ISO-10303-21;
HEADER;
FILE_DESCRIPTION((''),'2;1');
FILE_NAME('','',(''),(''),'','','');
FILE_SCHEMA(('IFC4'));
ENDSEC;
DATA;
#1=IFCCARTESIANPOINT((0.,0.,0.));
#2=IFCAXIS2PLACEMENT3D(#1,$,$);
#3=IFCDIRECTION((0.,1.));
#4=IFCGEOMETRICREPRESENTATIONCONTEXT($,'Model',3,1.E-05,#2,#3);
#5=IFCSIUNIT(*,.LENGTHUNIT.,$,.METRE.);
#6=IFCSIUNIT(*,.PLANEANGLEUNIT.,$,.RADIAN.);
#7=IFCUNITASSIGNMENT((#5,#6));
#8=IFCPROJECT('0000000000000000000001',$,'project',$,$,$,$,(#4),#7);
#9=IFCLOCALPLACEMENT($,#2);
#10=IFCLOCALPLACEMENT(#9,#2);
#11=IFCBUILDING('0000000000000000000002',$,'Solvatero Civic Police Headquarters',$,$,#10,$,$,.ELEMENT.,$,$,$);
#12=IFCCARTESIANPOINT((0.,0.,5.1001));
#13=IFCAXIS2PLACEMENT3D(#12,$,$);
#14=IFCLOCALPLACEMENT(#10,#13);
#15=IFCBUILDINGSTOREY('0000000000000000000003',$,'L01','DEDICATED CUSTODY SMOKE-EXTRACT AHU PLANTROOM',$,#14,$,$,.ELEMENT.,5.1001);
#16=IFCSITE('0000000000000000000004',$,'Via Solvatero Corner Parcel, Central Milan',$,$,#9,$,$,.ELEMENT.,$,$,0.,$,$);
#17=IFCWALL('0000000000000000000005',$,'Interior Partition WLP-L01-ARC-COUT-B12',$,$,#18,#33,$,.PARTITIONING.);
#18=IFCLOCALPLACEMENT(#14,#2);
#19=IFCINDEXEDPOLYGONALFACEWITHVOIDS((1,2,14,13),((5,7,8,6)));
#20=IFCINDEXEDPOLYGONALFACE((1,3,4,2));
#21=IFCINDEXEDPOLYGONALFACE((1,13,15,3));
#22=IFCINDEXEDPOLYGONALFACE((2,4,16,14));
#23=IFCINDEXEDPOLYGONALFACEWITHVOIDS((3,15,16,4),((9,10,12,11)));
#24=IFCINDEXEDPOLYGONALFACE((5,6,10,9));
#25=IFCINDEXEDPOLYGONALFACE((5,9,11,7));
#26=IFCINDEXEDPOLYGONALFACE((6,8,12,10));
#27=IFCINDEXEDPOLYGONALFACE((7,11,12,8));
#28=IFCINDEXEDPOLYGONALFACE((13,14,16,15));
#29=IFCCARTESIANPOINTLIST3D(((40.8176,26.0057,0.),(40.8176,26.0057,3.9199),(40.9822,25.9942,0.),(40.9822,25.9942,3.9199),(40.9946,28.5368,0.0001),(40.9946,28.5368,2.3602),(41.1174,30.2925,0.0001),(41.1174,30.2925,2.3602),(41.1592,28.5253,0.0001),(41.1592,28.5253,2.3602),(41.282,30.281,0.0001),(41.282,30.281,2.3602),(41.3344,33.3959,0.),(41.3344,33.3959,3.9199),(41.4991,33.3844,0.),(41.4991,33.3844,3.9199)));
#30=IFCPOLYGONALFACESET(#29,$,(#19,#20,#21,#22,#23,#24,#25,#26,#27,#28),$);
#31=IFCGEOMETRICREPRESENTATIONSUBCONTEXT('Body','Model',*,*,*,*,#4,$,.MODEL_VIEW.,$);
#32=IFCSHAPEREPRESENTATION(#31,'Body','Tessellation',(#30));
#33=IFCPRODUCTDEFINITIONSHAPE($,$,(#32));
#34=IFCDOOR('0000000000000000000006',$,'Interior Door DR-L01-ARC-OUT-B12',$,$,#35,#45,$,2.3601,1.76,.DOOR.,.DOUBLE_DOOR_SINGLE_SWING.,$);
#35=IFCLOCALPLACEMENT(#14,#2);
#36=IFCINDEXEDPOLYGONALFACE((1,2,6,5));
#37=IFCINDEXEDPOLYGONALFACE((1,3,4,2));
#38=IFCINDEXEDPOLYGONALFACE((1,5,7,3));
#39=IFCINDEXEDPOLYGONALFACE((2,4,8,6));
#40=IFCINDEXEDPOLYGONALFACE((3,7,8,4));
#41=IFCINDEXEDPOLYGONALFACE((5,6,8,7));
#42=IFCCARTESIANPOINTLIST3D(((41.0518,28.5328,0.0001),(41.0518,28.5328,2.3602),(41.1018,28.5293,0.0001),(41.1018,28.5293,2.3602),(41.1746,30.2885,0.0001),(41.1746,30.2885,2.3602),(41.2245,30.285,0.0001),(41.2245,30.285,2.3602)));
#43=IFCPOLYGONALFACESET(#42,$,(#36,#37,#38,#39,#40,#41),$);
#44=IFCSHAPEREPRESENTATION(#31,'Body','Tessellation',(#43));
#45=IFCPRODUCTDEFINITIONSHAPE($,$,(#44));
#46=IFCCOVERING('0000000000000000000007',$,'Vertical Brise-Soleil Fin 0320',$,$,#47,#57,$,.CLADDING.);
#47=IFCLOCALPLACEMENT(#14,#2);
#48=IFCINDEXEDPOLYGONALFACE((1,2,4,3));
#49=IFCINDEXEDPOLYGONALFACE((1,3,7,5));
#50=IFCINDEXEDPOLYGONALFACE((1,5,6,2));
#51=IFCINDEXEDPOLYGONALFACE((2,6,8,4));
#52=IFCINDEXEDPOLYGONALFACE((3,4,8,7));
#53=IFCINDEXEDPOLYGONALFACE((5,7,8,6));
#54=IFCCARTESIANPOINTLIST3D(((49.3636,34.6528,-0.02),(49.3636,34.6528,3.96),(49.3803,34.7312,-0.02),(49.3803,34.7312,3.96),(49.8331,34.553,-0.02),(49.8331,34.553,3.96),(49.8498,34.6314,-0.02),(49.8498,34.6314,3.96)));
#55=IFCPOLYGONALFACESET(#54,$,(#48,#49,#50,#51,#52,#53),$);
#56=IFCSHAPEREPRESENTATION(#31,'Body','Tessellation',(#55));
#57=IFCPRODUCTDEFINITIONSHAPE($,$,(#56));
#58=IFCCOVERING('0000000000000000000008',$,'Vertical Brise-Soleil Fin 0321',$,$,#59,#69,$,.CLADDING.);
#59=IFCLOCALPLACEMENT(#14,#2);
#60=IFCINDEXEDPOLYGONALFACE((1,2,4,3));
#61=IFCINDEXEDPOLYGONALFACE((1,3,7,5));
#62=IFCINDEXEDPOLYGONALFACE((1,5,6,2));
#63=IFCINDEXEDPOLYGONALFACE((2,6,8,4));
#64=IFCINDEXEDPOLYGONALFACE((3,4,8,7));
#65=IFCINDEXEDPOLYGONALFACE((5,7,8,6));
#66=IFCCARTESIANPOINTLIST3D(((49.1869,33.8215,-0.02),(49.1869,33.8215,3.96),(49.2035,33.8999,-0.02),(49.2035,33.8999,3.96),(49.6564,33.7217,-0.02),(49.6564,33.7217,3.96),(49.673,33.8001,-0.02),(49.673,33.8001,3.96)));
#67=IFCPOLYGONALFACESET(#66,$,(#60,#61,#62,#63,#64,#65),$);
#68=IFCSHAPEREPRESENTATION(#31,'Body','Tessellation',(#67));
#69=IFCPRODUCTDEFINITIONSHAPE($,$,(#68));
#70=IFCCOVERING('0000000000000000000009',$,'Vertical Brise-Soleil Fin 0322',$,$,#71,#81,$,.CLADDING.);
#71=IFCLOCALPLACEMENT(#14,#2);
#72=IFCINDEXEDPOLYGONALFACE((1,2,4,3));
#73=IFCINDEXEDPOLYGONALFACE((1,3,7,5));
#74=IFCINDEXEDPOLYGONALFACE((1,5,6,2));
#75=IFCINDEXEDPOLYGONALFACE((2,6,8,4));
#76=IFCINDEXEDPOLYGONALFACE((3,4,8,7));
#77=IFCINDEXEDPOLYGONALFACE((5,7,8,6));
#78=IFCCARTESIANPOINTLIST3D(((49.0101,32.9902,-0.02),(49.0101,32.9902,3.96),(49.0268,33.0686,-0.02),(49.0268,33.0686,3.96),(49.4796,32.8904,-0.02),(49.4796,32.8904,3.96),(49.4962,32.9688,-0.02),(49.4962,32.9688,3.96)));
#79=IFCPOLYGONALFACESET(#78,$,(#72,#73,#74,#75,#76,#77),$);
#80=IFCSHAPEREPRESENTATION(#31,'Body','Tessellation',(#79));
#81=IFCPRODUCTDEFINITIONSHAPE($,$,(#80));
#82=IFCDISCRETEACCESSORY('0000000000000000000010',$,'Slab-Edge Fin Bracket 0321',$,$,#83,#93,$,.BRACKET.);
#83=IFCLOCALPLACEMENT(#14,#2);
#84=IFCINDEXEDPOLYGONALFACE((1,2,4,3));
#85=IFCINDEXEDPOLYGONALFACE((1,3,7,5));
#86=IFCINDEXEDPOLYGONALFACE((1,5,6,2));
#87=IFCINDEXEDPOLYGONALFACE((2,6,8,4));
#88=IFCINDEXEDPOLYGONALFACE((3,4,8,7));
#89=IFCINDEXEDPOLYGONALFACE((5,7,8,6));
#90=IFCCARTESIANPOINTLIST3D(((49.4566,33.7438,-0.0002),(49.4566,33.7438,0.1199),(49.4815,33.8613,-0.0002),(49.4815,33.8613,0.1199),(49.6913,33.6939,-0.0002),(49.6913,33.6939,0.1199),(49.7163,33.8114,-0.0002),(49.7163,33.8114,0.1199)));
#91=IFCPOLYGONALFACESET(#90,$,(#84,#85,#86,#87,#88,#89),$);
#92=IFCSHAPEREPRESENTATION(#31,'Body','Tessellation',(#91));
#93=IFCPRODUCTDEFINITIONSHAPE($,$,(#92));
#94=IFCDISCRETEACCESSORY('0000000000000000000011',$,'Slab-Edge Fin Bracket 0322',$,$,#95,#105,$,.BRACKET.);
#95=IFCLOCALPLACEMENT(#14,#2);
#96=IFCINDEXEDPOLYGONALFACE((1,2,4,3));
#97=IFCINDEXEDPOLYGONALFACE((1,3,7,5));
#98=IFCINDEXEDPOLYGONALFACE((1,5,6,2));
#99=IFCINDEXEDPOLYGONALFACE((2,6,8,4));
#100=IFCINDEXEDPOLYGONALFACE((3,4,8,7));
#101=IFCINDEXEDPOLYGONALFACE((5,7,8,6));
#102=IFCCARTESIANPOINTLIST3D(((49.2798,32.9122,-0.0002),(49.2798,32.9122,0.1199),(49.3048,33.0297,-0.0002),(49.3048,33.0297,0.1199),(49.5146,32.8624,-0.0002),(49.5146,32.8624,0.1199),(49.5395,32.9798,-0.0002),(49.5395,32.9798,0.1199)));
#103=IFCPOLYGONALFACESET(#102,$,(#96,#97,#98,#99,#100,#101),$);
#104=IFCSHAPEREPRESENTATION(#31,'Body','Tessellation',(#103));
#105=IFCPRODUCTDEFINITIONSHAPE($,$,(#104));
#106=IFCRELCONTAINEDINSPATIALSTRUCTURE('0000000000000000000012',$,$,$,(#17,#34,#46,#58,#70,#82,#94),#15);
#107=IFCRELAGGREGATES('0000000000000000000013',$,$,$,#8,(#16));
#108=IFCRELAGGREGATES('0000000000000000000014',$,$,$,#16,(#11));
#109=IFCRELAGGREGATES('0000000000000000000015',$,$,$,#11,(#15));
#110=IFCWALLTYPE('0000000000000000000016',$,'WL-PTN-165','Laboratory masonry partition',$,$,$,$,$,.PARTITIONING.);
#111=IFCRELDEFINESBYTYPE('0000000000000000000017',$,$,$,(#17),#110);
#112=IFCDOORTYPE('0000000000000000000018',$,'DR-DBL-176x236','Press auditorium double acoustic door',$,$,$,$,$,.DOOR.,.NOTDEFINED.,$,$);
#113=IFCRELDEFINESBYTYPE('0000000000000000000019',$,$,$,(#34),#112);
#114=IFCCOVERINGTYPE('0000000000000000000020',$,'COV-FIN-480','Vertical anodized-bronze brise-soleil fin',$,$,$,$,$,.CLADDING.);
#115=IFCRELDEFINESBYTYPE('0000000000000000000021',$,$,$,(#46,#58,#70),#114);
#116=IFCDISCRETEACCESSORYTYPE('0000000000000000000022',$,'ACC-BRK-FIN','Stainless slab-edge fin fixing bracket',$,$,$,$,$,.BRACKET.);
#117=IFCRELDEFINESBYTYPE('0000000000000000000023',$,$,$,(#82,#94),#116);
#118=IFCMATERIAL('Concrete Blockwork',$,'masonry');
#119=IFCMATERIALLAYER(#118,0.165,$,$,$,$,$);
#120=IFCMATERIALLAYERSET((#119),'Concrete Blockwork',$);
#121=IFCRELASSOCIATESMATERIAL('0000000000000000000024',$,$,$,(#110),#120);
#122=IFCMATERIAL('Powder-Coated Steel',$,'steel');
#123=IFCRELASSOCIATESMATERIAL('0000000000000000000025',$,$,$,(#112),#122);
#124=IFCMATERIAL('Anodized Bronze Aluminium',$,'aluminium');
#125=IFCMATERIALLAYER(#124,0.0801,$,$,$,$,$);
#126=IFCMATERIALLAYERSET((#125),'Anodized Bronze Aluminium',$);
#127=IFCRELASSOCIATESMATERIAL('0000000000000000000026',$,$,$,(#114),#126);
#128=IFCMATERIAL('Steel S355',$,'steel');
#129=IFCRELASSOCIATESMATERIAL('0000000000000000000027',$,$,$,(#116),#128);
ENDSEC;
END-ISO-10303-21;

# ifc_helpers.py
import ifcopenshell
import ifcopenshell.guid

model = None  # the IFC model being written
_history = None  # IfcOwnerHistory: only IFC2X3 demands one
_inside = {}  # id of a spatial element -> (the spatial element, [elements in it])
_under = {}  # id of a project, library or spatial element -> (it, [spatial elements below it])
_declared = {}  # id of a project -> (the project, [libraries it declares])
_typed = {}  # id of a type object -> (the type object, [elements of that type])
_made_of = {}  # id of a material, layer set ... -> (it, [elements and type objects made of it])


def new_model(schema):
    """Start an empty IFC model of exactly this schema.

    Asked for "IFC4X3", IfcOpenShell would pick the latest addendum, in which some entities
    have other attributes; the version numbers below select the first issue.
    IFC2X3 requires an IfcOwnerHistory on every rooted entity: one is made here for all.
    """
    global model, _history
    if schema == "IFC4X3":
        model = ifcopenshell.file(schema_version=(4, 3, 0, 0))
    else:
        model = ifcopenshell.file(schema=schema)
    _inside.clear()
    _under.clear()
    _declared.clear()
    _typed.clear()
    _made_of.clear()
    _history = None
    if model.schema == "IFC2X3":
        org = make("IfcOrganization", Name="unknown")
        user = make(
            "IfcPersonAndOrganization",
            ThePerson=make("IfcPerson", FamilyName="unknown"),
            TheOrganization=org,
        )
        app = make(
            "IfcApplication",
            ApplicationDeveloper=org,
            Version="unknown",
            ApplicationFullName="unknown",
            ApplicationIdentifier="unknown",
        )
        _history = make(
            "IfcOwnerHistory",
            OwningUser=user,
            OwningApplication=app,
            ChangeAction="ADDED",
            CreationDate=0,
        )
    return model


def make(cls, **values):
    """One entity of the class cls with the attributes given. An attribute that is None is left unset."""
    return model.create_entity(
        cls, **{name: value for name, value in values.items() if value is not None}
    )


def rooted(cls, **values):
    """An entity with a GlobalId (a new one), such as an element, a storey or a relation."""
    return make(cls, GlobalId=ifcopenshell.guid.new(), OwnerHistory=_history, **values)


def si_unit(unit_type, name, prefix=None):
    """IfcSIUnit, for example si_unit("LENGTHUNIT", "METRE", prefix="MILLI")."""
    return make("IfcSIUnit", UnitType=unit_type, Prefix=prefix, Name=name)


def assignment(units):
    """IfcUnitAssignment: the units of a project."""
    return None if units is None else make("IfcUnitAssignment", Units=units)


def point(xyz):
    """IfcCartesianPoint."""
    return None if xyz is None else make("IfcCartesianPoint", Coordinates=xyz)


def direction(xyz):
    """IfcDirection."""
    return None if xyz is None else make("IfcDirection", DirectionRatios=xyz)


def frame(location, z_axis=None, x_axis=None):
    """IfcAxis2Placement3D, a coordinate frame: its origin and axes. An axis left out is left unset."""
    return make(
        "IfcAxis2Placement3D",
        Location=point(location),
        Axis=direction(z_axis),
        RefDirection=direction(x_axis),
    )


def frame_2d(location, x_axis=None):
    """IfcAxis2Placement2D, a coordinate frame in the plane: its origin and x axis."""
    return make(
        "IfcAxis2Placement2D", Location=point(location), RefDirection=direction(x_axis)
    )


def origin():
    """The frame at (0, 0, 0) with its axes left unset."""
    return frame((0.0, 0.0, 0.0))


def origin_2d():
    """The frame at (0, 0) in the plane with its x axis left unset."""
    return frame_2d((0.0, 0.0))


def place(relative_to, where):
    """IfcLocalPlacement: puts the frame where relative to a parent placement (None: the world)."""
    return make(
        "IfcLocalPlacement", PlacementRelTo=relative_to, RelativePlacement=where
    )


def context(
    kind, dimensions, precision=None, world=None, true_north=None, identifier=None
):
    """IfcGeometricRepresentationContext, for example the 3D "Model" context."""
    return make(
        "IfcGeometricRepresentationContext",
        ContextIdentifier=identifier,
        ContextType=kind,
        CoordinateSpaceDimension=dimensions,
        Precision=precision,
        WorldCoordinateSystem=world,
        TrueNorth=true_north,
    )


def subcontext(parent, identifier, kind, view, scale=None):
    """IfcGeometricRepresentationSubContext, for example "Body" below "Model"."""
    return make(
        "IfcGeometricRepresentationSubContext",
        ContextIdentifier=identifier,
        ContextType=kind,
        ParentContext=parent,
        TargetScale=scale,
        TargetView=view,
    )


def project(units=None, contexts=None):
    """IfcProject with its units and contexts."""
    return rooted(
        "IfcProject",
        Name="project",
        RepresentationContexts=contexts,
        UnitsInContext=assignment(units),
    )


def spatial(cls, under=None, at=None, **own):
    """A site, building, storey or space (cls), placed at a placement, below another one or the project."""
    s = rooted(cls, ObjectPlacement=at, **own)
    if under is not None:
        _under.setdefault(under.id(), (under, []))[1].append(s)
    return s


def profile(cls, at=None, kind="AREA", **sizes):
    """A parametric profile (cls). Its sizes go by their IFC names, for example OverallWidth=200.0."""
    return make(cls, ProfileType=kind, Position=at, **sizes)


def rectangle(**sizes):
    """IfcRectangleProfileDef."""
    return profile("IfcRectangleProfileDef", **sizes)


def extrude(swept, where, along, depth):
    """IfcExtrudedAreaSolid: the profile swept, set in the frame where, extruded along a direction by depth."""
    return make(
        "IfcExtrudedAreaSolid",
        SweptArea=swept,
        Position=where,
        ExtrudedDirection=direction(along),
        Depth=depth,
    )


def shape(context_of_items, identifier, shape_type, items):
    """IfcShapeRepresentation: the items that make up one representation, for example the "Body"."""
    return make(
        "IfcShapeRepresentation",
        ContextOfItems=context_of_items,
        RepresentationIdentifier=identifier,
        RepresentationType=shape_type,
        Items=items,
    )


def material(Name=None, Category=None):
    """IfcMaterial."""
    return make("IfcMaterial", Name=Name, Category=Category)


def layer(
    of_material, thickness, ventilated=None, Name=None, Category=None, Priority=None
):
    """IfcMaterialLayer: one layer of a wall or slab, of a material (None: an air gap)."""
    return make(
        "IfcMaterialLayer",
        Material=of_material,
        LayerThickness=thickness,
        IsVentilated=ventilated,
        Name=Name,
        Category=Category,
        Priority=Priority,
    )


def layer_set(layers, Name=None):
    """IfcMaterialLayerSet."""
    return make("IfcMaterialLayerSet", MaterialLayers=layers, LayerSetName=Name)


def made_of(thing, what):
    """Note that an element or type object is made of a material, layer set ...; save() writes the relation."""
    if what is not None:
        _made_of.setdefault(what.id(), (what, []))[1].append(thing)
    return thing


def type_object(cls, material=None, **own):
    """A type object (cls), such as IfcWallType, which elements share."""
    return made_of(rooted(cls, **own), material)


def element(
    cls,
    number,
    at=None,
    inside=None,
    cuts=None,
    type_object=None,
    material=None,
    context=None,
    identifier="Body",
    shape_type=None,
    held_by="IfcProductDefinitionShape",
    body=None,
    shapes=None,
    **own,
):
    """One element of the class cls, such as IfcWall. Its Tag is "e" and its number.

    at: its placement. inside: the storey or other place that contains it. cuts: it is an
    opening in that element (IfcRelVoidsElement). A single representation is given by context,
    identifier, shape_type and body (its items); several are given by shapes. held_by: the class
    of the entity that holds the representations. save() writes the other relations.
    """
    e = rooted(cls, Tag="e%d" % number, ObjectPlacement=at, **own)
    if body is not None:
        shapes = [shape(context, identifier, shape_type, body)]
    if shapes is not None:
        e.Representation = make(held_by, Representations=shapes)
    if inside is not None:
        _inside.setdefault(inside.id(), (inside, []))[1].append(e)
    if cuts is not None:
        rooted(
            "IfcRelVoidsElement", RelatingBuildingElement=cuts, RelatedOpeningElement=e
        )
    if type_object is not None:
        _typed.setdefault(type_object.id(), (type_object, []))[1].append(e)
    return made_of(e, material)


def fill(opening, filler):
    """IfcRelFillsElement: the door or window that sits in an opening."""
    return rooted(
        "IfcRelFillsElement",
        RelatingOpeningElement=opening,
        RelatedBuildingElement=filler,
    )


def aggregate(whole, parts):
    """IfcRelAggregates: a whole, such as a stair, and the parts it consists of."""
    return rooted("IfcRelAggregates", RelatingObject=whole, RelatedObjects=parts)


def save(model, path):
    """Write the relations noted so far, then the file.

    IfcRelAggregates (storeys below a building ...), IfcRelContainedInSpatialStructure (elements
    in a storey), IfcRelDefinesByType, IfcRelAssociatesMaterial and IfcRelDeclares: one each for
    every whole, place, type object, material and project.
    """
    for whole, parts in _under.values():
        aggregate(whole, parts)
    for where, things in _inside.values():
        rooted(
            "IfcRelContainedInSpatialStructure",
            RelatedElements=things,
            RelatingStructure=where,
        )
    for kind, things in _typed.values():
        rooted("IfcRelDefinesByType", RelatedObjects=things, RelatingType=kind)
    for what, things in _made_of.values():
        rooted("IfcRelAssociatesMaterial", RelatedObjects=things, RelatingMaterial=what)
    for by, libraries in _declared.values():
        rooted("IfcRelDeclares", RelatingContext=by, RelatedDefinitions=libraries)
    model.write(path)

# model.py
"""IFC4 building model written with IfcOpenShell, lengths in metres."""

from ifc_helpers import new_model, si_unit, direction, frame, frame_2d, origin, origin_2d, place, context, subcontext, project, spatial, rectangle, extrude, material, layer, layer_set, type_object, element, fill, save


model = new_model("IFC4")

# Units and contexts
model_context = context("Model", 3, precision=1e-05, world=origin(), true_north=direction((0.0, 1.0)))
body_context = subcontext(model_context, "Body", "Model", "MODEL_VIEW")
ifc_project = project(units=[si_unit("LENGTHUNIT", "METRE"), si_unit("PLANEANGLEUNIT", "RADIAN")], contexts=[model_context])

# Site, building, storey
site_placement = place(None, origin())
site = spatial("IfcSite", under=ifc_project, at=site_placement, Name="Via Solvatero Corner Parcel, Central Milan", CompositionType="ELEMENT", RefElevation=0.0)
building_placement = place(site_placement, origin())
building = spatial("IfcBuilding", under=site, at=building_placement, Name="Solvatero Civic Police Headquarters", CompositionType="ELEMENT")
storey_placement = place(building_placement, frame((0.0, 0.0, 5.1001)))
storey = spatial("IfcBuildingStorey", under=building, at=storey_placement, Name="L01", Description="DEDICATED CUSTODY SMOKE-EXTRACT AHU PLANTROOM", CompositionType="ELEMENT", Elevation=5.1001)

# Shared definitions
ifc_material_1 = material(Name="Steel S355", Category="steel")

# Shared definitions
ifc_material_2 = material(Name="Anodized Bronze Aluminium", Category="aluminium")

# Shared definitions
ifc_material_3 = material(Name="Concrete Blockwork", Category="masonry")
ifc_layer_1 = layer(ifc_material_3, 0.165)
ifc_layer_set_1 = layer_set([ifc_layer_1], Name="Concrete Blockwork")
wall_type_1 = type_object("IfcWallType", Name="WL-PTN-165", Description="Laboratory masonry partition", PredefinedType="PARTITIONING", material=ifc_layer_set_1)

# Wall, opening, door
wall_1_placement = place(storey_placement, frame((41.4167, 33.3901, 0.0), z_axis=(0.0, 0.0, 1.0), x_axis=(-0.069767, -0.997563, 0.0)))
wall_1 = element("IfcWall", 1, at=wall_1_placement, inside=storey, type_object=wall_type_1, Name="Interior Partition WLP-L01-ARC-COUT-B12", PredefinedType="PARTITIONING", context=body_context, shape_type="SweptSolid", body=[
    extrude(rectangle(XDim=7.4082, YDim=0.165, at=frame_2d((3.7041, 0.0))), origin(), (0.0, 0.0, 1.0), 3.9199),
])
opening_1_placement = place(wall_1_placement, frame((3.1111, 0.0, 0.0)))
opening_1 = element("IfcOpeningElement", 2, at=opening_1_placement, cuts=wall_1, PredefinedType="OPENING", context=body_context, shape_type="SweptSolid", body=[
    extrude(rectangle(XDim=1.76, YDim=2.3601, at=frame_2d((0.8799, 1.1802))), frame((0.0, 0.0925, 0.0), z_axis=(0.0, -1.0, 0.0), x_axis=(1.0, 0.0, 0.0)), (0.0, 0.0, 1.0), 0.1851),
])
ifc_material_4 = material(Name="Powder-Coated Steel", Category="steel")
door_type_1 = type_object("IfcDoorType", Name="DR-DBL-176x236", Description="Press auditorium double acoustic door", OperationType="NOTDEFINED", PredefinedType="DOOR", material=ifc_material_4)
door_1_placement = place(opening_1_placement, origin())
door_1 = element("IfcDoor", 3, at=door_1_placement, inside=storey, type_object=door_type_1, Name="Interior Door DR-L01-ARC-OUT-B12", OperationType="DOUBLE_DOOR_SINGLE_SWING", OverallHeight=2.3601, OverallWidth=1.76, PredefinedType="DOOR", context=body_context, shape_type="SweptSolid", body=[
    extrude(rectangle(XDim=1.76, YDim=2.3601, at=frame_2d((0.8799, 1.1802))), frame((0.0, 0.0249, 0.0), z_axis=(0.0, -1.0, 0.0), x_axis=(1.0, 0.0, 0.0)), (0.0, 0.0, 1.0), 0.05),
])
fill(opening_1, door_1)

# Coverings
ifc_layer_2 = layer(ifc_material_2, 0.0801)
ifc_layer_set_2 = layer_set([ifc_layer_2], Name="Anodized Bronze Aluminium")
covering_type = type_object("IfcCoveringType", Name="COV-FIN-480", Description="Vertical anodized-bronze brise-soleil fin", PredefinedType="CLADDING", material=ifc_layer_set_2)
for number, where, z_axis, x_axis, name in (
    (4, (49.6067, 34.6421, -0.02), (0.0, 0.0, 1.0), (-0.207912, -0.978148, 0.0), "Vertical Brise-Soleil Fin 0320"),
    (5, (49.4299, 33.8108, -0.02), (0.0, 0.0, 1.0), (-0.207912, -0.978148, 0.0), "Vertical Brise-Soleil Fin 0321"),
    (6, (49.2532, 32.9795, -0.02), (0.0, 0.0, 1.0), (-0.207912, -0.978148, 0.0), "Vertical Brise-Soleil Fin 0322"),
):
    element("IfcCovering", number, at=place(storey_placement, frame(where, z_axis=z_axis, x_axis=x_axis)), inside=storey, type_object=covering_type, Name=name, PredefinedType="CLADDING", context=body_context, shape_type="SweptSolid", body=[
        extrude(rectangle(XDim=0.0801, YDim=0.48, at=origin_2d()), origin(), (0.0, 0.0, 1.0), 3.98),
    ])

# Discrete accessories
discrete_accessory_type = type_object("IfcDiscreteAccessoryType", Name="ACC-BRK-FIN", Description="Stainless slab-edge fin fixing bracket", PredefinedType="BRACKET", material=ifc_material_1)
for number, where, z_axis, x_axis, name in (
    (7, (49.5864, 33.7776, -0.0002), (0.0, 0.0, 1.0), (-0.207912, -0.978148, 0.0), "Slab-Edge Fin Bracket 0321"),
    (8, (49.4097, 32.946, -0.0002), (0.0, 0.0, 1.0), (-0.207912, -0.978148, 0.0), "Slab-Edge Fin Bracket 0322"),
):
    element("IfcDiscreteAccessory", number, at=place(storey_placement, frame(where, z_axis=z_axis, x_axis=x_axis)), inside=storey, type_object=discrete_accessory_type, Name=name, PredefinedType="BRACKET", context=body_context, shape_type="SweptSolid", body=[
        extrude(rectangle(XDim=0.1201, YDim=0.24, at=origin_2d()), origin(), (0.0, 0.0, 1.0), 0.1201),
    ])

save(model, "model.ifc")
